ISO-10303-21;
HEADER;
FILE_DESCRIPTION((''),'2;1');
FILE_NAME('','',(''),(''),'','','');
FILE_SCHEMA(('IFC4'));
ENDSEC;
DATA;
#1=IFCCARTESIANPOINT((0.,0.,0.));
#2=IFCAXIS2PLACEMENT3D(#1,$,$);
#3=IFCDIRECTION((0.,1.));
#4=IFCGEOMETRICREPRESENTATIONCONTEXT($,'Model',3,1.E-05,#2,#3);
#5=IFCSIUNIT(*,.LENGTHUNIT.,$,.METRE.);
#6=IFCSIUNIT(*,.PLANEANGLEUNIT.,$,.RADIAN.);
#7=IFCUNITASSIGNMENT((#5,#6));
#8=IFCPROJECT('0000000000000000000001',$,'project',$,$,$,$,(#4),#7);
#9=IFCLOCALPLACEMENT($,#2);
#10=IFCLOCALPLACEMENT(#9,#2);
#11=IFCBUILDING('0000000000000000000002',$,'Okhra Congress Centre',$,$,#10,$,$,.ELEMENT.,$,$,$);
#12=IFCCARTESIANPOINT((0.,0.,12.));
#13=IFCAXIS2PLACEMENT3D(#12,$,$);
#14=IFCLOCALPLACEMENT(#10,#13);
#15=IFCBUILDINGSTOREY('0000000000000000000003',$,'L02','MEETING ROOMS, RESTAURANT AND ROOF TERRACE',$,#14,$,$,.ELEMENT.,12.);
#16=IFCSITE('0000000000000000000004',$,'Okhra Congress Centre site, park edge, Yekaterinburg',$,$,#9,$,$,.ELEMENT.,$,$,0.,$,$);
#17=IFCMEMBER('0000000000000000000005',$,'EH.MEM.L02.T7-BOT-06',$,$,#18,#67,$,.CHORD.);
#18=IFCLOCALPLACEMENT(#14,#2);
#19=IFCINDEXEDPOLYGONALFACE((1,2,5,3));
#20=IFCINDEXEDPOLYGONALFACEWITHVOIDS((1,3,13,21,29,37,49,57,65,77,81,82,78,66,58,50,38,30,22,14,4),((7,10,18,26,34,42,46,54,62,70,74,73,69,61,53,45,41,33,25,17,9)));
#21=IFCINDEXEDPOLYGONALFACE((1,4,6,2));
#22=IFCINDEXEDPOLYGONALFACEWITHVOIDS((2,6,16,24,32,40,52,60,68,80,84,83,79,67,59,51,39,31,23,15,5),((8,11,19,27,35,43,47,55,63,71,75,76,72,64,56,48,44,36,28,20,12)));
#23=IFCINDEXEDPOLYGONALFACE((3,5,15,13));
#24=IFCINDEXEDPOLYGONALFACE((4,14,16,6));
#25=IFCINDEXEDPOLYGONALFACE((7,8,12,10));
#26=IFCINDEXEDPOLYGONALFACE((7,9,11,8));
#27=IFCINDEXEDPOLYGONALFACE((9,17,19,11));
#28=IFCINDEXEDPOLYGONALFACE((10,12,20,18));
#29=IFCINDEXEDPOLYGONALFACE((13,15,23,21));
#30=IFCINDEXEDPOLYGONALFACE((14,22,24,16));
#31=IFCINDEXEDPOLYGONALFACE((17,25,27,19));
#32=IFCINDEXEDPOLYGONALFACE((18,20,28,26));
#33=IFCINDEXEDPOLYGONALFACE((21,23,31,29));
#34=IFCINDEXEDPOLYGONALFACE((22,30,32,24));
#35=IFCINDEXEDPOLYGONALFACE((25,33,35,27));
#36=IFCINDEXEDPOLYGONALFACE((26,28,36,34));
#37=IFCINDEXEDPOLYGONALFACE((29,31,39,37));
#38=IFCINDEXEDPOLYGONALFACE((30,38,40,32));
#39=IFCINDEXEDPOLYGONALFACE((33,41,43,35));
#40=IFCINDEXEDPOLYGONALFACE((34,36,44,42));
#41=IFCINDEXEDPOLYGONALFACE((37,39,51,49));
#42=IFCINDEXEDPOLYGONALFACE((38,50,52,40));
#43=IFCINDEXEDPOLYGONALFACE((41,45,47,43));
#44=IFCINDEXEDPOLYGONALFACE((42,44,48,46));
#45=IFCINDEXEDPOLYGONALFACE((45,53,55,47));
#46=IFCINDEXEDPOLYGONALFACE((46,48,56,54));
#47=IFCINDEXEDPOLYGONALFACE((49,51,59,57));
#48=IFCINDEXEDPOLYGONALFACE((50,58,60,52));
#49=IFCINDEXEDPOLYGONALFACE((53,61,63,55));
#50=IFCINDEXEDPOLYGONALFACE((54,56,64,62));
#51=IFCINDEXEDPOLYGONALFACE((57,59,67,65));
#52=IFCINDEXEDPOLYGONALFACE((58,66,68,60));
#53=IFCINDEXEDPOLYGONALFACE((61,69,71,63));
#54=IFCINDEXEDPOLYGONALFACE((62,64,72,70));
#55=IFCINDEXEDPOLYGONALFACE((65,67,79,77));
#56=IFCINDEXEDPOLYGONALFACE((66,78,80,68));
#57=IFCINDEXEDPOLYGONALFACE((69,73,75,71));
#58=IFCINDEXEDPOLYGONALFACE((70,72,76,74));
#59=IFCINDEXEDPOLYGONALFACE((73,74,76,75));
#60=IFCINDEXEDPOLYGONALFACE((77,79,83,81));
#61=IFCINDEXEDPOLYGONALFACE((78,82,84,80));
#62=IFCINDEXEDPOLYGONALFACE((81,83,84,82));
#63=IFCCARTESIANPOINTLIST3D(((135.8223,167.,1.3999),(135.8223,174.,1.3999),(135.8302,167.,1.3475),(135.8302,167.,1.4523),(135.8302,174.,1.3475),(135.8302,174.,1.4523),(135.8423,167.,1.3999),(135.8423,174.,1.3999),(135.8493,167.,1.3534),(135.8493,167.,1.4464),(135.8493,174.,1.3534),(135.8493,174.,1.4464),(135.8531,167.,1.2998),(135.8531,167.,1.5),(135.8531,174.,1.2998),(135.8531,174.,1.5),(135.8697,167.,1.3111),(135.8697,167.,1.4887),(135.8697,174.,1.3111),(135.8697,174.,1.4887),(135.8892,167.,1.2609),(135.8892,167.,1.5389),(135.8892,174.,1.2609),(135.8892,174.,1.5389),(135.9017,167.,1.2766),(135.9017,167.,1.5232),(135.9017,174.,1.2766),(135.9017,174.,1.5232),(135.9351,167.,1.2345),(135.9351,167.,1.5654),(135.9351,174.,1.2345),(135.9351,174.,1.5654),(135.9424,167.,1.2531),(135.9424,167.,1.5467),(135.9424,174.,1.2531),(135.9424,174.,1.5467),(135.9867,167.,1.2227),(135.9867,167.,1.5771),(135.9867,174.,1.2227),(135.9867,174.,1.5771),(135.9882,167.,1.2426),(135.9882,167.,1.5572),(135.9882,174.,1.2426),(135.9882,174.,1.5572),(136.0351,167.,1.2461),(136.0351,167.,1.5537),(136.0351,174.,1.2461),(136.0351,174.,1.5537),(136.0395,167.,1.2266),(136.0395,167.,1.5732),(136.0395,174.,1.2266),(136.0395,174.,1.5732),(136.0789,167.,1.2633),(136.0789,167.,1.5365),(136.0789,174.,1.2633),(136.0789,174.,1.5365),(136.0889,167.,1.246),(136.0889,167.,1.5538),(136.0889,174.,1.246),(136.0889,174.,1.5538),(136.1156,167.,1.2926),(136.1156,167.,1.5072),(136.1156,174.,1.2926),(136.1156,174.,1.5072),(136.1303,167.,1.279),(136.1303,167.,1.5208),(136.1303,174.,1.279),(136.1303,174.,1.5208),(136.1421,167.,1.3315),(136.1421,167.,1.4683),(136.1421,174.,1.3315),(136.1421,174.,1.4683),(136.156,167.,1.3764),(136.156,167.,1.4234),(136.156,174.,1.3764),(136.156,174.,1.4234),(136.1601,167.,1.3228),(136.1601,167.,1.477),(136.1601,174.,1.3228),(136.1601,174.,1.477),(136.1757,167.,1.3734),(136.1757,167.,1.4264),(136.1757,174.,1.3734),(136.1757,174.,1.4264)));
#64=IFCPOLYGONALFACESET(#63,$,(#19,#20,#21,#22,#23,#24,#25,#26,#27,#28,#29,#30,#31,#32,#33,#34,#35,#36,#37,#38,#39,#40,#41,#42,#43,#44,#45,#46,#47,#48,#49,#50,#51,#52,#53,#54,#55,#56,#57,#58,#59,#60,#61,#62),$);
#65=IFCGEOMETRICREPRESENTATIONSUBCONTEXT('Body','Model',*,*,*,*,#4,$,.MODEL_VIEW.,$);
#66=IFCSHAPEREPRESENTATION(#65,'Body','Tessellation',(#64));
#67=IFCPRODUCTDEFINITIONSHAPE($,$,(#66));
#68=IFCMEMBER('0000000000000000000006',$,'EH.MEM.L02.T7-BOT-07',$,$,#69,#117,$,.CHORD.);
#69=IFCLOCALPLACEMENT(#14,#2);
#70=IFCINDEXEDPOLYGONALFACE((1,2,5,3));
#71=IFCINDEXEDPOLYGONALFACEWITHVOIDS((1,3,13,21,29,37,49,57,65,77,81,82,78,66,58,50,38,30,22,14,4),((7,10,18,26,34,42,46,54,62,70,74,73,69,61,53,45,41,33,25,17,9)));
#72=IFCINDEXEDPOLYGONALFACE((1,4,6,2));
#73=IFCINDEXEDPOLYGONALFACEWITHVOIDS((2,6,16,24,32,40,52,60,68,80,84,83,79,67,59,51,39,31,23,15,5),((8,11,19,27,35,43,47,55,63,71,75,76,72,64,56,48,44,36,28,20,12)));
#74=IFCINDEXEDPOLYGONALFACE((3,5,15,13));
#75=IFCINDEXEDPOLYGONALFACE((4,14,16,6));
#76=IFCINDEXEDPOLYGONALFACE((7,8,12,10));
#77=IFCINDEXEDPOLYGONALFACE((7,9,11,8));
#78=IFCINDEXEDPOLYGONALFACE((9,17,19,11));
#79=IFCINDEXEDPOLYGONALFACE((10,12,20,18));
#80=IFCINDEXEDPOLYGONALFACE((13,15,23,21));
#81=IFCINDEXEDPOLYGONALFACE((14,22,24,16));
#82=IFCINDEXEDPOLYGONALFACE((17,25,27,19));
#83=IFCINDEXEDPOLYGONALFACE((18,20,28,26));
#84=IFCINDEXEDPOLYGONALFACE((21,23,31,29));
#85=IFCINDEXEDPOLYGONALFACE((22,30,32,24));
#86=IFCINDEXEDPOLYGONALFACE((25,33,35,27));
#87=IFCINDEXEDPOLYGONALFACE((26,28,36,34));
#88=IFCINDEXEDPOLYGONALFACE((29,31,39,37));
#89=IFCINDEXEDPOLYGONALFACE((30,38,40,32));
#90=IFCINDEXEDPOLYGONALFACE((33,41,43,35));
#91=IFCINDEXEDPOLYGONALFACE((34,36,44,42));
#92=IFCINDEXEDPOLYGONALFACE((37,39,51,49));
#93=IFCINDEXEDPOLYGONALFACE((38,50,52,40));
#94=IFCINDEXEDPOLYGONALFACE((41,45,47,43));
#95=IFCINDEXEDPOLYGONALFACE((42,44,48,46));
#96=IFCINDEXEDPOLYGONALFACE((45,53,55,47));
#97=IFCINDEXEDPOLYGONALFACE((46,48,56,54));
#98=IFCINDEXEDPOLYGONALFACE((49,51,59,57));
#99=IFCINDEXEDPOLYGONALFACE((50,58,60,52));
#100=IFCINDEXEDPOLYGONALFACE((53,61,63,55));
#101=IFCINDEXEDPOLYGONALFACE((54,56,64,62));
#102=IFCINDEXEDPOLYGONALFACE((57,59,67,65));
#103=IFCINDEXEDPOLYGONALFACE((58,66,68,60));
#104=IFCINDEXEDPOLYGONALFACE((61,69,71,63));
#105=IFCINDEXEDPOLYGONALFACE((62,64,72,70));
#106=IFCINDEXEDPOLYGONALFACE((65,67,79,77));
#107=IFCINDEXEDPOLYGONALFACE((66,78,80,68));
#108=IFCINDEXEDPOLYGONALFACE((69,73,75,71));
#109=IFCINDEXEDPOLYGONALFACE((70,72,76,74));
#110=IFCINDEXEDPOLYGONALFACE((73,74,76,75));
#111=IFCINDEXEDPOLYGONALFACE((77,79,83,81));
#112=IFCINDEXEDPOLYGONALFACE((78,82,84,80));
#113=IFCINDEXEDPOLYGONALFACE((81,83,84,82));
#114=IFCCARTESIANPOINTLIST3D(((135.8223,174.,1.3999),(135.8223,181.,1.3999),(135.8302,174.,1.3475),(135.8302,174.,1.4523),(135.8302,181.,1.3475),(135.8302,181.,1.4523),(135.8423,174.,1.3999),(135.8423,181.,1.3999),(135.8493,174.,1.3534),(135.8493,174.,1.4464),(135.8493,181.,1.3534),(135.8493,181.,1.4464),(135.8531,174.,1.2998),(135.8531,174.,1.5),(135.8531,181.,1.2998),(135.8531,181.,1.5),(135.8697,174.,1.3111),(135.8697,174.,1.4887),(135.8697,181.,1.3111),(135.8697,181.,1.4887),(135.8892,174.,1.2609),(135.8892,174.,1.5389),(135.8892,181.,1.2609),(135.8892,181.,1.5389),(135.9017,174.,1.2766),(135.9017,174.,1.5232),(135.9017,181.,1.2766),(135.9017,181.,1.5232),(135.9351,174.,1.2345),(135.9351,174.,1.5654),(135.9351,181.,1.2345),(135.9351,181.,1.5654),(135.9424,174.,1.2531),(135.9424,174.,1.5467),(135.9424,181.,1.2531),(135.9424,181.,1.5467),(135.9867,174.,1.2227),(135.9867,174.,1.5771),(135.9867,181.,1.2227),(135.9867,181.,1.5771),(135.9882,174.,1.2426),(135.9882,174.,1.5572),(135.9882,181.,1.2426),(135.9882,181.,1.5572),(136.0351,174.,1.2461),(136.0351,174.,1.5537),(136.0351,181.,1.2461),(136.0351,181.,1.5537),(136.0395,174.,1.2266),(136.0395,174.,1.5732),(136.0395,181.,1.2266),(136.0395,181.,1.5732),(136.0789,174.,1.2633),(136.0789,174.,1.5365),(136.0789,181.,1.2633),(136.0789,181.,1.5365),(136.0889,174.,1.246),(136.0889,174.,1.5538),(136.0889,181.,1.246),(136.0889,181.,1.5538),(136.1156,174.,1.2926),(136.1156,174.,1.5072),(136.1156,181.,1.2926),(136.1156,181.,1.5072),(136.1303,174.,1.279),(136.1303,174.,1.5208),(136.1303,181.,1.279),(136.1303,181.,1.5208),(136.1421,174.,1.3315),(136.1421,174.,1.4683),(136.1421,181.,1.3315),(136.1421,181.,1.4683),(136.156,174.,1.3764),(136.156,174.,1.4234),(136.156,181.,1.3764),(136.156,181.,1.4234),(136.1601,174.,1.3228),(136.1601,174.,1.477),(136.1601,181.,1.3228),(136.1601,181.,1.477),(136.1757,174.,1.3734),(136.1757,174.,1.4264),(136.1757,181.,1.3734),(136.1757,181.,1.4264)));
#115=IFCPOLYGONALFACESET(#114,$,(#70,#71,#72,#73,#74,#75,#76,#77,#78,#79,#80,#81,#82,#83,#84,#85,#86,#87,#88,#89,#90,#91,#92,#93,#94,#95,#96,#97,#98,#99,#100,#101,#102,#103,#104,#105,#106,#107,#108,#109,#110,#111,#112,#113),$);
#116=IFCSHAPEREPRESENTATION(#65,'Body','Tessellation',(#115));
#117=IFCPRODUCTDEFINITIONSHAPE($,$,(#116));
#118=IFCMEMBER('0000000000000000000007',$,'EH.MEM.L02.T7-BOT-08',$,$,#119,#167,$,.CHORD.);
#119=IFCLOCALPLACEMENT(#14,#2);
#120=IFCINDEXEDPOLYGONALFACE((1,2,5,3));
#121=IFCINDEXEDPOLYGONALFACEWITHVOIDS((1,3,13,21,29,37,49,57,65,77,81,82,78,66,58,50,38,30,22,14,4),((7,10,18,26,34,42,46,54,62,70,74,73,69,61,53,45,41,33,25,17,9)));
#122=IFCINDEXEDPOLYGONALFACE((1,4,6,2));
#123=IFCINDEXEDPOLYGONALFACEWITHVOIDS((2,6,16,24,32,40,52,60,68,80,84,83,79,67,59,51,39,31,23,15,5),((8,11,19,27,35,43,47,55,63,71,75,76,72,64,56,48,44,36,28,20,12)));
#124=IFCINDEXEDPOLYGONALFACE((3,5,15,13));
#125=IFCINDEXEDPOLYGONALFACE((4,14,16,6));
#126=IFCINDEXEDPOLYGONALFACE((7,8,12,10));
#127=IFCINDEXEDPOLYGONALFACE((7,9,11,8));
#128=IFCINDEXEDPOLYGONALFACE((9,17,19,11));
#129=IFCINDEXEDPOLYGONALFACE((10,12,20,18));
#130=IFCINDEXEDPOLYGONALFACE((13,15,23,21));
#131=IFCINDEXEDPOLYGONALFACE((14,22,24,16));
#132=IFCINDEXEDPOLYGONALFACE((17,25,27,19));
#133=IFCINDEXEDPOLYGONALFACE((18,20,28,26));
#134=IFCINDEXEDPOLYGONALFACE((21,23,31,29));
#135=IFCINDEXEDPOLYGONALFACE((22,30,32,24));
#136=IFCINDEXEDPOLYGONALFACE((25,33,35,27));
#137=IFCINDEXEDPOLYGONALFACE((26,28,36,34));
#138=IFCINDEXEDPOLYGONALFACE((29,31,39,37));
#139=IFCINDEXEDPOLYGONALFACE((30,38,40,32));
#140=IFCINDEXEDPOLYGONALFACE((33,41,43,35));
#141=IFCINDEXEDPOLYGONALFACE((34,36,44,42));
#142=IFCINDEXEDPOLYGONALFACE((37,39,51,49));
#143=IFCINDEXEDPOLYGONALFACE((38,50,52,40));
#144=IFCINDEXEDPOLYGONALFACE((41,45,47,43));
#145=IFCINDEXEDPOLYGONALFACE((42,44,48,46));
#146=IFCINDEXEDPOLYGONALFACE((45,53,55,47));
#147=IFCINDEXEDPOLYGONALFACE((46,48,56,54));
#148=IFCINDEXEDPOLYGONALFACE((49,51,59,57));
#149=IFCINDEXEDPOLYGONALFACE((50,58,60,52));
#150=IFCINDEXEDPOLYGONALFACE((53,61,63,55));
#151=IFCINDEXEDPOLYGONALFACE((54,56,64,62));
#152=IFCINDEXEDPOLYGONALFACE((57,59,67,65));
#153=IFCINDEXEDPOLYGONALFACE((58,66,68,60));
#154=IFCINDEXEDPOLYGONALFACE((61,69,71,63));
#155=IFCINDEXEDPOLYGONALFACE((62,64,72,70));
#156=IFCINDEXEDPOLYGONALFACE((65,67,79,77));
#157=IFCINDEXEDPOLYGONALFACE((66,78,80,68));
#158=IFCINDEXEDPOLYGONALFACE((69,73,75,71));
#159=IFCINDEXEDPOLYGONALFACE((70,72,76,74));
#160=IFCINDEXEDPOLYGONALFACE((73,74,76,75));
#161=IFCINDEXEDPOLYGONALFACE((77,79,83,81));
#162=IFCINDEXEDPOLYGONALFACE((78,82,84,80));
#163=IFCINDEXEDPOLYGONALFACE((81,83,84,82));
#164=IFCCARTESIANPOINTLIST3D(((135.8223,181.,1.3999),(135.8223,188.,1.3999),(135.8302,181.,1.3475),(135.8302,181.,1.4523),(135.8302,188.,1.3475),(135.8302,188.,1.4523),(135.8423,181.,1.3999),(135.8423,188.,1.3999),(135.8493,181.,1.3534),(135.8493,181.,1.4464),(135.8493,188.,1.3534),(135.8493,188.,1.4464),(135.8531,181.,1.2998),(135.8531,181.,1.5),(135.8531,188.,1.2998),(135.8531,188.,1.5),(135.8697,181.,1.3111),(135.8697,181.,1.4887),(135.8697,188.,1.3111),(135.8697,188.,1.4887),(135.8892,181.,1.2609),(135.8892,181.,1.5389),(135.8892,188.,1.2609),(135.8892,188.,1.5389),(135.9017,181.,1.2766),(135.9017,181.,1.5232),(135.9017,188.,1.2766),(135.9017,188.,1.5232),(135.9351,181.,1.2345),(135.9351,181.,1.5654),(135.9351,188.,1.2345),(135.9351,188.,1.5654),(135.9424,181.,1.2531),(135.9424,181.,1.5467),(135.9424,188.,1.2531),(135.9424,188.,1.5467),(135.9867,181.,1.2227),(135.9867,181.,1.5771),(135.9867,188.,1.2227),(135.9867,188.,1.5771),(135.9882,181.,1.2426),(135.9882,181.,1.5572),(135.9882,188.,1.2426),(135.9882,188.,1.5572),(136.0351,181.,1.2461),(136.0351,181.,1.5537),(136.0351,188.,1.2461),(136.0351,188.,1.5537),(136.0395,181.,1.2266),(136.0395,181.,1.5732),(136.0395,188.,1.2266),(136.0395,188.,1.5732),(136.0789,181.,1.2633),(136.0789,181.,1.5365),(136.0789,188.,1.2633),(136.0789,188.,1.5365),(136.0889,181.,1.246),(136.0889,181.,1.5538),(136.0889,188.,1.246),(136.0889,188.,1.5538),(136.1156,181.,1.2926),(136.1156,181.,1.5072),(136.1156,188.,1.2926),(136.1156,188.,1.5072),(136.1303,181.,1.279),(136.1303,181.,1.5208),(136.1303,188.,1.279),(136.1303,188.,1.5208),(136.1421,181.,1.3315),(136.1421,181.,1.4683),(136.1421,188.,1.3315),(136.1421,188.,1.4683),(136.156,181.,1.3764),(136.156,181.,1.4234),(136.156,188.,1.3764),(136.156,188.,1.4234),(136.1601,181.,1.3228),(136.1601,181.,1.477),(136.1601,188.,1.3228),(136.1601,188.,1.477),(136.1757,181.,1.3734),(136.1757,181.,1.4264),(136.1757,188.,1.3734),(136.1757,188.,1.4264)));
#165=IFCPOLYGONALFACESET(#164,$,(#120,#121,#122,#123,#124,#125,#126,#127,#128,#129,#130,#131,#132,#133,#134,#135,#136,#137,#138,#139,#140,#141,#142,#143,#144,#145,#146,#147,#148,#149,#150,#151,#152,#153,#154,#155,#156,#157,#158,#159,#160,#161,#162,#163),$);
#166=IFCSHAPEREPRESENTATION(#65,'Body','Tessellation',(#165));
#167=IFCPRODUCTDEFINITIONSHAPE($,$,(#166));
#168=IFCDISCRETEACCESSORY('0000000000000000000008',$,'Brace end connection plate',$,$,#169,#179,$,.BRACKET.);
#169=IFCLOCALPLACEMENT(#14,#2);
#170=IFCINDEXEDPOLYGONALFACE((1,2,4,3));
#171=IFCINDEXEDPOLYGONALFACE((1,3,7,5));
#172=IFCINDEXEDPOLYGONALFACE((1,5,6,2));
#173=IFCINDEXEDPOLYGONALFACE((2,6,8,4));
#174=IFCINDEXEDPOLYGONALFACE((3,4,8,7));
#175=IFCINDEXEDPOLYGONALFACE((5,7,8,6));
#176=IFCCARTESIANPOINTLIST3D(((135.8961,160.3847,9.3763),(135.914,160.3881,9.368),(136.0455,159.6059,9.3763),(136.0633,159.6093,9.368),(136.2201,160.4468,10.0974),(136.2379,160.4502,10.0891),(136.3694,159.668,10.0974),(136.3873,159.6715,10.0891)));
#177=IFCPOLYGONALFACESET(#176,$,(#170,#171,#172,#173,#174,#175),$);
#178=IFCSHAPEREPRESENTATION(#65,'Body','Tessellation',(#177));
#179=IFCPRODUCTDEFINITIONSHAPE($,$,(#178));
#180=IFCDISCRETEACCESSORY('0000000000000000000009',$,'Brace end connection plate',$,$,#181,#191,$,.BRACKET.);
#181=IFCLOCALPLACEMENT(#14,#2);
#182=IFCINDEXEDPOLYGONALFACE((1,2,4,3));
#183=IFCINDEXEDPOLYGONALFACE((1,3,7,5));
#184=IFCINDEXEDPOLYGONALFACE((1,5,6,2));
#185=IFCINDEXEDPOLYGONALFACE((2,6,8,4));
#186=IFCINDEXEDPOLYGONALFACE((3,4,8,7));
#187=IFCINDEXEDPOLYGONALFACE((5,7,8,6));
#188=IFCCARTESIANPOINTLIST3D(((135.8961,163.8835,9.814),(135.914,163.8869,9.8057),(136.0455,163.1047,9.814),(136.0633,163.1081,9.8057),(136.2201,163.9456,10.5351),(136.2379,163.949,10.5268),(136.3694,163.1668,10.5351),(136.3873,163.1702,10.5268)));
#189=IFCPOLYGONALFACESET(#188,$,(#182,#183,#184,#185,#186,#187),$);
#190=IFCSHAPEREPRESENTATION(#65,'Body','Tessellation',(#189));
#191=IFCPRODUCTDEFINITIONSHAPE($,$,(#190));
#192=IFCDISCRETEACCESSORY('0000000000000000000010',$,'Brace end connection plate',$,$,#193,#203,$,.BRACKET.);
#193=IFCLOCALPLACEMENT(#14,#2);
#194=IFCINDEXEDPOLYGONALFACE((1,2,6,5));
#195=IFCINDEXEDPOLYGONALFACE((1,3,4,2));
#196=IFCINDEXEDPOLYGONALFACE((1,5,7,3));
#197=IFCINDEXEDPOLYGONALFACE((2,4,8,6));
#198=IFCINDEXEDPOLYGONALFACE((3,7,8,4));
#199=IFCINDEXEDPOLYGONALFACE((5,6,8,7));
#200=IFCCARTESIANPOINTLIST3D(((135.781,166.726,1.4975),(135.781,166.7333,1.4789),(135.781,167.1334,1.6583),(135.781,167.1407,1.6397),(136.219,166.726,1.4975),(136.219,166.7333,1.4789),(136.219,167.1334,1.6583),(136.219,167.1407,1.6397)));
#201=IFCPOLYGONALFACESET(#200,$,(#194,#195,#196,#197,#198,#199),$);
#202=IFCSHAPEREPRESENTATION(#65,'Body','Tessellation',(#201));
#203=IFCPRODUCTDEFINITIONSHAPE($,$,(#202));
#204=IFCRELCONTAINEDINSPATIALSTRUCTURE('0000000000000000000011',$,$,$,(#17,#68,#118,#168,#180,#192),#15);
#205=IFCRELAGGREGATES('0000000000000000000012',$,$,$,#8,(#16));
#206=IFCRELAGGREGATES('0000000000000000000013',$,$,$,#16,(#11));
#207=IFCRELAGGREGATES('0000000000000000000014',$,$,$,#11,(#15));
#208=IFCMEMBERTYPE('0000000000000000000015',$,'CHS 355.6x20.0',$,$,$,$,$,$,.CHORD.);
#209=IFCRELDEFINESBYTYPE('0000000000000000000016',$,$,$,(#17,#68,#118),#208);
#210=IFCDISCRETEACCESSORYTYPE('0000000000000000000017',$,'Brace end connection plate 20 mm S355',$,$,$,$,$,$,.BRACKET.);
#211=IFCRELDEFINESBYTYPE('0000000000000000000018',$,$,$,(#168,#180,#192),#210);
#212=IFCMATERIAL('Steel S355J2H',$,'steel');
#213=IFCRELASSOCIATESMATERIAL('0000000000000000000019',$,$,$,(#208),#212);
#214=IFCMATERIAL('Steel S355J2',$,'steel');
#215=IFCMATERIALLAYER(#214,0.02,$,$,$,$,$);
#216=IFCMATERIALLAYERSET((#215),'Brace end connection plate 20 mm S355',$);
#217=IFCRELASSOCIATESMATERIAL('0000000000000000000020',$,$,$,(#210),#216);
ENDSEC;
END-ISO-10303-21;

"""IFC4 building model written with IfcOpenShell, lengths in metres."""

from ifc_helpers import new_model, si_unit, direction, frame, origin, origin_2d, place, context, subcontext, project, spatial, rectangle, hollow_circle, extrude, material, layer, layer_set, material_profile, profile_set, type_object, element, save


model = new_model("IFC4")

# Units and contexts
model_context = context("Model", 3, precision=1e-05, world=origin(), true_north=direction((0.0, 1.0)))
body_context = subcontext(model_context, "Body", "Model", "MODEL_VIEW")
ifc_project = project(units=[si_unit("LENGTHUNIT", "METRE"), si_unit("PLANEANGLEUNIT", "RADIAN")], contexts=[model_context])

# Site, building, storey
site_placement = place(None, origin())
site = spatial("IfcSite", under=ifc_project, at=site_placement, Name="Okhra Congress Centre site, park edge, Yekaterinburg", CompositionType="ELEMENT", RefElevation=0.0)
building_placement = place(site_placement, origin())
building = spatial("IfcBuilding", under=site, at=building_placement, Name="Okhra Congress Centre", CompositionType="ELEMENT")
storey_placement = place(building_placement, frame((0.0, 0.0, 12.0)))
storey = spatial("IfcBuildingStorey", under=building, at=storey_placement, Name="L02", Description="MEETING ROOMS, RESTAURANT AND ROOF TERRACE", CompositionType="ELEMENT", Elevation=12.0)

# Shared definitions
ifc_material_1 = material(Name="Steel S355J2", Category="steel")

# Members
ifc_material_2 = material(Name="Steel S355J2H", Category="steel")
ifc_material_profile_1 = material_profile(ifc_material_2, hollow_circle(Radius=0.1777, WallThickness=0.02, at=origin_2d()), Name="CHS 355.6x20.0")
ifc_profile_set_1 = profile_set([ifc_material_profile_1], Name="Steel S355J2H")
member_type_1 = type_object("IfcMemberType", Name="CHS 355.6x20.0", PredefinedType="CHORD", material=ifc_profile_set_1)
for number, where, z_axis, x_axis, name in (
    (1, (136.0, 167.0, 1.3999), (0.0, 1.0, 0.0), (-1.0, 0.0, 0.0), "EH.MEM.L02.T7-BOT-06"),
    (2, (136.0, 174.0, 1.3999), (0.0, 1.0, 0.0), (-1.0, 0.0, 0.0), "EH.MEM.L02.T7-BOT-07"),
    (3, (136.0, 181.0, 1.3999), (0.0, 1.0, 0.0), (-1.0, 0.0, 0.0), "EH.MEM.L02.T7-BOT-08"),
):
    element("IfcMember", number, at=place(storey_placement, frame(where, z_axis=z_axis, x_axis=x_axis)), inside=storey, type_object=member_type_1, Name=name, PredefinedType="CHORD", context=body_context, shape_type="SweptSolid", body=[
        extrude(hollow_circle(Radius=0.1777, WallThickness=0.02, at=origin_2d()), origin(), (0.0, 0.0, 1.0), 7.0),
    ])

# Discrete accessories
ifc_layer = layer(ifc_material_1, 0.02)
ifc_layer_set = layer_set([ifc_layer], Name="Brace end connection plate 20 mm S355")
discrete_accessory_type = type_object("IfcDiscreteAccessoryType", Name="Brace end connection plate 20 mm S355", PredefinedType="BRACKET", material=ifc_layer_set)
for number, where, z_axis, x_axis, name in (
    (4, (136.1506, 160.0298, 9.7285), (-0.893104, -0.17128, 0.415966), (0.188348, -0.982102, 0.0), "Brace end connection plate"),
    (5, (136.1506, 163.5286, 10.1663), (-0.893104, -0.17128, 0.415966), (0.188348, -0.982102, 0.0), "Brace end connection plate"),
):
    element("IfcDiscreteAccessory", number, at=place(storey_placement, frame(where, z_axis=z_axis, x_axis=x_axis)), inside=storey, type_object=discrete_accessory_type, Name=name, PredefinedType="BRACKET", context=body_context, shape_type="SweptSolid", body=[
        extrude(rectangle(XDim=0.793, YDim=0.793, at=origin_2d()), origin(), (0.0, 0.0, 1.0), 0.02),
    ])
discrete_accessory_1_placement = place(storey_placement, frame((136.0, 166.9297, 1.5779), z_axis=(0.0, 0.367167, -0.930155), x_axis=(-1.0, 0.0, 0.0)))
element("IfcDiscreteAccessory", 6, at=discrete_accessory_1_placement, inside=storey, type_object=discrete_accessory_type, Name="Brace end connection plate", PredefinedType="BRACKET", context=body_context, shape_type="SweptSolid", body=[
    extrude(rectangle(XDim=0.438, YDim=0.438, at=origin_2d()), origin(), (0.0, 0.0, 1.0), 0.02),
])

save(model, "model.ifc")
